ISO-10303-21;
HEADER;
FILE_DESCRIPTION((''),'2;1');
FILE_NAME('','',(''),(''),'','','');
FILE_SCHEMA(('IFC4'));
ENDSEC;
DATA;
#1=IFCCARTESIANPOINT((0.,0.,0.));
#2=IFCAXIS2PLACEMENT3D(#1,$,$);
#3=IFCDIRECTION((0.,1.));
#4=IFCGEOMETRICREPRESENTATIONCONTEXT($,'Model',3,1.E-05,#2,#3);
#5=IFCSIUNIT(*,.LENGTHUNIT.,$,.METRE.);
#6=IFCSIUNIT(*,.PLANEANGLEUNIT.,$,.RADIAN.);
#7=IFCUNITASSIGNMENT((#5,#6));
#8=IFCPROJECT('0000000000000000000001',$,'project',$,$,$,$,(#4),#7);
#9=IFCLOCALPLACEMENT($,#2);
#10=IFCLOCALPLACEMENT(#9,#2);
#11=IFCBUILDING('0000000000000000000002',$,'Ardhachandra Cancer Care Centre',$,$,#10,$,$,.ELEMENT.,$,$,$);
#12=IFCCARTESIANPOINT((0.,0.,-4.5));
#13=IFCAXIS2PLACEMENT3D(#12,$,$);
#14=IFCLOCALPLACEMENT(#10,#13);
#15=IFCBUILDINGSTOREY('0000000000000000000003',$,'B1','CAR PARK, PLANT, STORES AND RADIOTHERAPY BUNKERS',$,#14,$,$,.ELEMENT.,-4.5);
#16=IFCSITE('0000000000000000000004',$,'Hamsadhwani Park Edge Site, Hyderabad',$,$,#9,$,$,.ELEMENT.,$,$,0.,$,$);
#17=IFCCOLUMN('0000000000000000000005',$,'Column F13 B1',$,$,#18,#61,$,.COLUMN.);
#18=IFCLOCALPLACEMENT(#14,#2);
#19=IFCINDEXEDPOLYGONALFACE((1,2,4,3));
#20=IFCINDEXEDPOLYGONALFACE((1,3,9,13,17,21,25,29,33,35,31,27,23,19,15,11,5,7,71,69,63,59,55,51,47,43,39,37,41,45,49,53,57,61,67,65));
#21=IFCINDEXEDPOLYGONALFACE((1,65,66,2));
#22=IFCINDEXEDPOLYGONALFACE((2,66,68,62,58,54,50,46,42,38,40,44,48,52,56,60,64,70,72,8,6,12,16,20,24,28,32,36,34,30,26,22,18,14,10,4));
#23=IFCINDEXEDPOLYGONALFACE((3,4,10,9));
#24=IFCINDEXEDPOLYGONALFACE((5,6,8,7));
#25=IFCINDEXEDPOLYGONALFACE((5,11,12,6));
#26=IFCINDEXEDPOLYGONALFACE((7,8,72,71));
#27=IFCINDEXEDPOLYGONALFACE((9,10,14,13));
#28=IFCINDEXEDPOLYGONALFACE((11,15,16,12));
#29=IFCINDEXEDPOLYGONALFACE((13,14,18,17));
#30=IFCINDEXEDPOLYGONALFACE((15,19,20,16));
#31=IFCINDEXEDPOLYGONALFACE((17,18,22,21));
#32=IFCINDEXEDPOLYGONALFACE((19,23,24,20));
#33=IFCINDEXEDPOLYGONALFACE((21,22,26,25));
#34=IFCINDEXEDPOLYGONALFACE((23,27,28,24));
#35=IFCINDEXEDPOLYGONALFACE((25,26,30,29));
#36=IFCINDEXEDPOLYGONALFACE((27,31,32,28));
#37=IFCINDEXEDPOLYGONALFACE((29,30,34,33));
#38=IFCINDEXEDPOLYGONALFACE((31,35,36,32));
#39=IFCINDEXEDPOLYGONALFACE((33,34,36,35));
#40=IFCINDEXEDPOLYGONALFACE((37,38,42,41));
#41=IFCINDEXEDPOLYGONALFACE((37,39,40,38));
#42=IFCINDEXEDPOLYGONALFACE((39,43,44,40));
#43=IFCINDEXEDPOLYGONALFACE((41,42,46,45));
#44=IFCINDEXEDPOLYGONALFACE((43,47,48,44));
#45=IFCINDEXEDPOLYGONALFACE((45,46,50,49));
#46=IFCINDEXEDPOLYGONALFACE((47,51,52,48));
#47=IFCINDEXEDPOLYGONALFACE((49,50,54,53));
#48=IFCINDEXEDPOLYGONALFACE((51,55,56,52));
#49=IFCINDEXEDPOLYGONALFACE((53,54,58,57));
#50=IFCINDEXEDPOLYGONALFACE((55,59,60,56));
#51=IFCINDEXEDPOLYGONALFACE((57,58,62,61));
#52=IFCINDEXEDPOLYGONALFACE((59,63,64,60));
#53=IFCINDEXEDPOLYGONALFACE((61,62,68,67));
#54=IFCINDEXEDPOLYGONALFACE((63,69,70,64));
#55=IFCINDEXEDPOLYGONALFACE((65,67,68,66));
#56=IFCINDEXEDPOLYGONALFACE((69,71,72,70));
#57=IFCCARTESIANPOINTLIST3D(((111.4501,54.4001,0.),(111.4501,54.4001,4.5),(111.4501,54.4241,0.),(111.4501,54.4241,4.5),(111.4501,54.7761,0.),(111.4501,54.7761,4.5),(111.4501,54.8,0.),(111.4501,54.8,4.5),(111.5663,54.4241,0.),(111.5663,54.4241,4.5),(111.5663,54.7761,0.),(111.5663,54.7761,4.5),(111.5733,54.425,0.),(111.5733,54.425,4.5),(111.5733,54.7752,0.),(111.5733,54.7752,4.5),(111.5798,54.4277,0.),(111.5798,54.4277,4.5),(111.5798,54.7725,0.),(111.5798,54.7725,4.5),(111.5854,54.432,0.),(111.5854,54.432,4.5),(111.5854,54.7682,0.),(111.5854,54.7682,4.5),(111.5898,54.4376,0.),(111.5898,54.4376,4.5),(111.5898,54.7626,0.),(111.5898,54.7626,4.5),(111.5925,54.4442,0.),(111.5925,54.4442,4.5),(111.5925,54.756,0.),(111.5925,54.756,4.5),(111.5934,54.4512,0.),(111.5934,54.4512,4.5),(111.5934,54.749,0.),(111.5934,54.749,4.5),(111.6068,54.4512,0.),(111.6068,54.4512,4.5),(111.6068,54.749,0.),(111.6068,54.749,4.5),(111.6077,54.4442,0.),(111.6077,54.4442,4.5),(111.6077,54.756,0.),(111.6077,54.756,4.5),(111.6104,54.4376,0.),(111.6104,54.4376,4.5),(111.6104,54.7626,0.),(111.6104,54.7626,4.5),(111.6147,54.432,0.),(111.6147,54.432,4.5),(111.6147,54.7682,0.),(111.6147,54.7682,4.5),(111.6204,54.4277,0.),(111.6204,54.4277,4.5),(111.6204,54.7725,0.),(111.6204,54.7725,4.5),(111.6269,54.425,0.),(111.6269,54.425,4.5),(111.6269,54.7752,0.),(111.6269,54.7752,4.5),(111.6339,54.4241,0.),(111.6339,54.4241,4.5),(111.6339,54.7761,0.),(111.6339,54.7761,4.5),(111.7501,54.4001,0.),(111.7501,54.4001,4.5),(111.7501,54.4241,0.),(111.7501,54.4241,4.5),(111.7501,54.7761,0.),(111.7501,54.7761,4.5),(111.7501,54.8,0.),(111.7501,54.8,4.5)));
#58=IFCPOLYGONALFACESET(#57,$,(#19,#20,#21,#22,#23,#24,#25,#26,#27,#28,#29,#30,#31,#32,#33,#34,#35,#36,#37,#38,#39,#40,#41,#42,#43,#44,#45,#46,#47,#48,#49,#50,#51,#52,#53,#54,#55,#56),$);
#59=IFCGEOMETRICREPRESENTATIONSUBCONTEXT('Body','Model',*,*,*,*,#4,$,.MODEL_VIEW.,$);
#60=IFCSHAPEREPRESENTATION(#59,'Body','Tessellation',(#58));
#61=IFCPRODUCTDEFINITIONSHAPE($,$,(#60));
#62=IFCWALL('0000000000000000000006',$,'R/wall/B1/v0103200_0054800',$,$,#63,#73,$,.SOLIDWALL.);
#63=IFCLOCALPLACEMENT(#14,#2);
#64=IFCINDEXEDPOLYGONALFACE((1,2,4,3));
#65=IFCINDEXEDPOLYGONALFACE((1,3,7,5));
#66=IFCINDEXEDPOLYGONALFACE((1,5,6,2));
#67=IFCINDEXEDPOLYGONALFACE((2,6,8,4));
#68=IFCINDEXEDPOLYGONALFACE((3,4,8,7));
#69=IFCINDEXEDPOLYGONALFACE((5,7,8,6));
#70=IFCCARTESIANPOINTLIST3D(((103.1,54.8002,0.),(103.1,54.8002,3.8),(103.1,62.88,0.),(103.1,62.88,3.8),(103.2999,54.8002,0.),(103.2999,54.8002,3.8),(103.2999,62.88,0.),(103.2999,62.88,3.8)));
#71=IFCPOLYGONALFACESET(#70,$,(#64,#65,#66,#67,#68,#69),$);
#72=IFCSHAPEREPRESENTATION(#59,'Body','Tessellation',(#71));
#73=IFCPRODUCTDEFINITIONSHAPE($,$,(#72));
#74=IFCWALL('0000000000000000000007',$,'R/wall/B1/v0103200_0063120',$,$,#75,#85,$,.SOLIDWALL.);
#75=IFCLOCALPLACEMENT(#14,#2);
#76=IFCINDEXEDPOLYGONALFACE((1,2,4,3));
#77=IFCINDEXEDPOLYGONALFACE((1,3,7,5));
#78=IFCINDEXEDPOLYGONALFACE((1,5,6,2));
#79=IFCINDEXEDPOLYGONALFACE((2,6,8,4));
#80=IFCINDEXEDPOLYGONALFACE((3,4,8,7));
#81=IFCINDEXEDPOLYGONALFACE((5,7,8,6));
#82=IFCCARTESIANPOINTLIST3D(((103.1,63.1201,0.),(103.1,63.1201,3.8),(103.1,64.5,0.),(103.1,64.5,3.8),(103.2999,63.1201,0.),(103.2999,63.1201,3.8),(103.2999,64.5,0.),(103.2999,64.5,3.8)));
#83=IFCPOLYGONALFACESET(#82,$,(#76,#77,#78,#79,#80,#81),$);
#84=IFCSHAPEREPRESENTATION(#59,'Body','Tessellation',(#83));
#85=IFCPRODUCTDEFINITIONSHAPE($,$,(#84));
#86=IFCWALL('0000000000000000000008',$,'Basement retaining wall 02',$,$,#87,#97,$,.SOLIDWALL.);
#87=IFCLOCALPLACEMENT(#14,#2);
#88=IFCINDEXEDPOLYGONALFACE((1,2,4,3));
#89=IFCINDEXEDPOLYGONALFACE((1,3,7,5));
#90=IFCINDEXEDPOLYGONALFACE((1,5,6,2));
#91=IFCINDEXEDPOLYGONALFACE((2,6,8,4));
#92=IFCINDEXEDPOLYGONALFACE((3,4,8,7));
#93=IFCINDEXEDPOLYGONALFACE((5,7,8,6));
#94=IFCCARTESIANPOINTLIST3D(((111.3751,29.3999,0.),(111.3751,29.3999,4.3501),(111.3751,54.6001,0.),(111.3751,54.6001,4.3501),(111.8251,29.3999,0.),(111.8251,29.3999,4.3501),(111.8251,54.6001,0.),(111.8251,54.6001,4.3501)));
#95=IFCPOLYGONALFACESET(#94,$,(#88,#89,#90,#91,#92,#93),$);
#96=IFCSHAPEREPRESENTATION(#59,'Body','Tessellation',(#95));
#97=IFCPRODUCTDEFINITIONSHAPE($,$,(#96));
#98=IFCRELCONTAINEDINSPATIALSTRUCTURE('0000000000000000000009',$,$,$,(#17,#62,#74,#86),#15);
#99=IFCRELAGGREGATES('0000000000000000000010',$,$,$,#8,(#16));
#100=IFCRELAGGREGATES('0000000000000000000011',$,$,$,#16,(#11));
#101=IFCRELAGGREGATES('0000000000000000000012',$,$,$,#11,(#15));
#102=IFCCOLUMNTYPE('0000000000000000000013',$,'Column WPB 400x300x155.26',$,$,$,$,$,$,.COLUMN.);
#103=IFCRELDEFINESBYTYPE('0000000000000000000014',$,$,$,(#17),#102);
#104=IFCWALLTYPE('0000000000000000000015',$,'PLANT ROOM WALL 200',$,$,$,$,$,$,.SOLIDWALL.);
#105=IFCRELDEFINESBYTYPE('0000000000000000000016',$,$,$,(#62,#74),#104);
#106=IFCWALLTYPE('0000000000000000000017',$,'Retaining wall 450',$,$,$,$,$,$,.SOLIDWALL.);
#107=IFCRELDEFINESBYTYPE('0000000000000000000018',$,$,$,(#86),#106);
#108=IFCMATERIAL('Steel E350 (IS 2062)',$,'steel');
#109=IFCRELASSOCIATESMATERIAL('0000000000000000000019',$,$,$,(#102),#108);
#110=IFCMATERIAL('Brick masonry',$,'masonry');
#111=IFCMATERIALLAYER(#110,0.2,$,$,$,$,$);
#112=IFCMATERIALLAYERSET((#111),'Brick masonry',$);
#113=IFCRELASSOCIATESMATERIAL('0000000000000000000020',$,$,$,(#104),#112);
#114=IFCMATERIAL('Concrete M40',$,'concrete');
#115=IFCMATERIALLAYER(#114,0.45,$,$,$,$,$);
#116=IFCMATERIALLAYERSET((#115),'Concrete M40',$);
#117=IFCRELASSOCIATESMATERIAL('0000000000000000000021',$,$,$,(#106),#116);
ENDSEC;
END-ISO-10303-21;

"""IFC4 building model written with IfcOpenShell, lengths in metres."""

from ifc_helpers import new_model, si_unit, direction, frame, frame_2d, origin, origin_2d, place, context, subcontext, project, spatial, rectangle, i_section, extrude, material, layer, layer_set, material_profile, profile_set, type_object, element, save


model = new_model("IFC4")

# Units and contexts
model_context = context("Model", 3, precision=1e-05, world=origin(), true_north=direction((0.0, 1.0)))
body_context = subcontext(model_context, "Body", "Model", "MODEL_VIEW")
ifc_project = project(units=[si_unit("LENGTHUNIT", "METRE"), si_unit("PLANEANGLEUNIT", "RADIAN")], contexts=[model_context])

# Site, building, storey
site_placement = place(None, origin())
site = spatial("IfcSite", under=ifc_project, at=site_placement, Name="Hamsadhwani Park Edge Site, Hyderabad", CompositionType="ELEMENT", RefElevation=0.0)
building_placement = place(site_placement, origin())
building = spatial("IfcBuilding", under=site, at=building_placement, Name="Ardhachandra Cancer Care Centre", CompositionType="ELEMENT")
storey_placement = place(building_placement, frame((0.0, 0.0, -4.5)))
storey = spatial("IfcBuildingStorey", under=building, at=storey_placement, Name="B1", Description="CAR PARK, PLANT, STORES AND RADIOTHERAPY BUNKERS", CompositionType="ELEMENT", Elevation=-4.5)

# Column
ifc_material_1 = material(Name="Steel E350 (IS 2062)", Category="steel")
ifc_material_profile_1 = material_profile(ifc_material_1, i_section(OverallWidth=0.3, OverallDepth=0.3999, WebThickness=0.0134, FlangeThickness=0.0239, FilletRadius=0.0271, at=origin_2d()), Name="WPB 400x300x155.26")
ifc_profile_set_1 = profile_set([ifc_material_profile_1], Name="Steel E350 (IS 2062)")
column_type_1 = type_object("IfcColumnType", Name="Column WPB 400x300x155.26", PredefinedType="COLUMN", material=ifc_profile_set_1)
for number, where, z_axis, x_axis, name in (
    (1, (111.6001, 54.6001, 0.0), (0.0, 0.0, 1.0), (1.0, 0.0, 0.0), "Column F13 B1"),
):
    element("IfcColumn", number, at=place(storey_placement, frame(where, z_axis=z_axis, x_axis=x_axis)), inside=storey, type_object=column_type_1, Name=name, PredefinedType="COLUMN", context=body_context, shape_type="SweptSolid", body=[
        extrude(i_section(OverallWidth=0.3, OverallDepth=0.3999, WebThickness=0.0134, FlangeThickness=0.0239, FilletRadius=0.0271, at=origin_2d()), origin(), (0.0, 0.0, 1.0), 4.5),
    ])

# Walls
ifc_material_2 = material(Name="Brick masonry", Category="masonry")
ifc_layer_1 = layer(ifc_material_2, 0.2)
ifc_layer_set_1 = layer_set([ifc_layer_1], Name="Brick masonry")
wall_type_1 = type_object("IfcWallType", Name="PLANT ROOM WALL 200", PredefinedType="SOLIDWALL", material=ifc_layer_set_1)
wall_1_placement = place(storey_placement, frame((103.2, 54.8, 0.0), z_axis=(0.0, 0.0, 1.0), x_axis=(0.0, 1.0, 0.0)))
element("IfcWall", 2, at=wall_1_placement, inside=storey, type_object=wall_type_1, Name="R/wall/B1/v0103200_0054800", PredefinedType="SOLIDWALL", context=body_context, shape_type="SweptSolid", body=[
    extrude(rectangle(XDim=8.0798, YDim=0.2, at=frame_2d((4.04, 0.0))), origin(), (0.0, 0.0, 1.0), 3.8),
])
wall_2_placement = place(storey_placement, frame((103.2, 63.1201, 0.0), z_axis=(0.0, 0.0, 1.0), x_axis=(0.0, 1.0, 0.0)))
element("IfcWall", 3, at=wall_2_placement, inside=storey, type_object=wall_type_1, Name="R/wall/B1/v0103200_0063120", PredefinedType="SOLIDWALL", context=body_context, shape_type="SweptSolid", body=[
    extrude(rectangle(XDim=1.3799, YDim=0.2, at=frame_2d((0.6899, 0.0))), origin(), (0.0, 0.0, 1.0), 3.8),
])
ifc_material_3 = material(Name="Concrete M40", Category="concrete")
ifc_layer_2 = layer(ifc_material_3, 0.45)
ifc_layer_set_2 = layer_set([ifc_layer_2], Name="Concrete M40")
wall_type_2 = type_object("IfcWallType", Name="Retaining wall 450", PredefinedType="SOLIDWALL", material=ifc_layer_set_2)
wall_3_placement = place(storey_placement, frame((111.6001, 54.6001, 0.0), z_axis=(0.0, 0.0, 1.0), x_axis=(0.0, -1.0, 0.0)))
element("IfcWall", 4, at=wall_3_placement, inside=storey, type_object=wall_type_2, Name="Basement retaining wall 02", PredefinedType="SOLIDWALL", context=body_context, shape_type="SweptSolid", body=[
    extrude(rectangle(XDim=25.2002, YDim=0.45, at=frame_2d((12.6001, 0.0))), origin(), (0.0, 0.0, 1.0), 4.3501),
])

save(model, "model.ifc")
